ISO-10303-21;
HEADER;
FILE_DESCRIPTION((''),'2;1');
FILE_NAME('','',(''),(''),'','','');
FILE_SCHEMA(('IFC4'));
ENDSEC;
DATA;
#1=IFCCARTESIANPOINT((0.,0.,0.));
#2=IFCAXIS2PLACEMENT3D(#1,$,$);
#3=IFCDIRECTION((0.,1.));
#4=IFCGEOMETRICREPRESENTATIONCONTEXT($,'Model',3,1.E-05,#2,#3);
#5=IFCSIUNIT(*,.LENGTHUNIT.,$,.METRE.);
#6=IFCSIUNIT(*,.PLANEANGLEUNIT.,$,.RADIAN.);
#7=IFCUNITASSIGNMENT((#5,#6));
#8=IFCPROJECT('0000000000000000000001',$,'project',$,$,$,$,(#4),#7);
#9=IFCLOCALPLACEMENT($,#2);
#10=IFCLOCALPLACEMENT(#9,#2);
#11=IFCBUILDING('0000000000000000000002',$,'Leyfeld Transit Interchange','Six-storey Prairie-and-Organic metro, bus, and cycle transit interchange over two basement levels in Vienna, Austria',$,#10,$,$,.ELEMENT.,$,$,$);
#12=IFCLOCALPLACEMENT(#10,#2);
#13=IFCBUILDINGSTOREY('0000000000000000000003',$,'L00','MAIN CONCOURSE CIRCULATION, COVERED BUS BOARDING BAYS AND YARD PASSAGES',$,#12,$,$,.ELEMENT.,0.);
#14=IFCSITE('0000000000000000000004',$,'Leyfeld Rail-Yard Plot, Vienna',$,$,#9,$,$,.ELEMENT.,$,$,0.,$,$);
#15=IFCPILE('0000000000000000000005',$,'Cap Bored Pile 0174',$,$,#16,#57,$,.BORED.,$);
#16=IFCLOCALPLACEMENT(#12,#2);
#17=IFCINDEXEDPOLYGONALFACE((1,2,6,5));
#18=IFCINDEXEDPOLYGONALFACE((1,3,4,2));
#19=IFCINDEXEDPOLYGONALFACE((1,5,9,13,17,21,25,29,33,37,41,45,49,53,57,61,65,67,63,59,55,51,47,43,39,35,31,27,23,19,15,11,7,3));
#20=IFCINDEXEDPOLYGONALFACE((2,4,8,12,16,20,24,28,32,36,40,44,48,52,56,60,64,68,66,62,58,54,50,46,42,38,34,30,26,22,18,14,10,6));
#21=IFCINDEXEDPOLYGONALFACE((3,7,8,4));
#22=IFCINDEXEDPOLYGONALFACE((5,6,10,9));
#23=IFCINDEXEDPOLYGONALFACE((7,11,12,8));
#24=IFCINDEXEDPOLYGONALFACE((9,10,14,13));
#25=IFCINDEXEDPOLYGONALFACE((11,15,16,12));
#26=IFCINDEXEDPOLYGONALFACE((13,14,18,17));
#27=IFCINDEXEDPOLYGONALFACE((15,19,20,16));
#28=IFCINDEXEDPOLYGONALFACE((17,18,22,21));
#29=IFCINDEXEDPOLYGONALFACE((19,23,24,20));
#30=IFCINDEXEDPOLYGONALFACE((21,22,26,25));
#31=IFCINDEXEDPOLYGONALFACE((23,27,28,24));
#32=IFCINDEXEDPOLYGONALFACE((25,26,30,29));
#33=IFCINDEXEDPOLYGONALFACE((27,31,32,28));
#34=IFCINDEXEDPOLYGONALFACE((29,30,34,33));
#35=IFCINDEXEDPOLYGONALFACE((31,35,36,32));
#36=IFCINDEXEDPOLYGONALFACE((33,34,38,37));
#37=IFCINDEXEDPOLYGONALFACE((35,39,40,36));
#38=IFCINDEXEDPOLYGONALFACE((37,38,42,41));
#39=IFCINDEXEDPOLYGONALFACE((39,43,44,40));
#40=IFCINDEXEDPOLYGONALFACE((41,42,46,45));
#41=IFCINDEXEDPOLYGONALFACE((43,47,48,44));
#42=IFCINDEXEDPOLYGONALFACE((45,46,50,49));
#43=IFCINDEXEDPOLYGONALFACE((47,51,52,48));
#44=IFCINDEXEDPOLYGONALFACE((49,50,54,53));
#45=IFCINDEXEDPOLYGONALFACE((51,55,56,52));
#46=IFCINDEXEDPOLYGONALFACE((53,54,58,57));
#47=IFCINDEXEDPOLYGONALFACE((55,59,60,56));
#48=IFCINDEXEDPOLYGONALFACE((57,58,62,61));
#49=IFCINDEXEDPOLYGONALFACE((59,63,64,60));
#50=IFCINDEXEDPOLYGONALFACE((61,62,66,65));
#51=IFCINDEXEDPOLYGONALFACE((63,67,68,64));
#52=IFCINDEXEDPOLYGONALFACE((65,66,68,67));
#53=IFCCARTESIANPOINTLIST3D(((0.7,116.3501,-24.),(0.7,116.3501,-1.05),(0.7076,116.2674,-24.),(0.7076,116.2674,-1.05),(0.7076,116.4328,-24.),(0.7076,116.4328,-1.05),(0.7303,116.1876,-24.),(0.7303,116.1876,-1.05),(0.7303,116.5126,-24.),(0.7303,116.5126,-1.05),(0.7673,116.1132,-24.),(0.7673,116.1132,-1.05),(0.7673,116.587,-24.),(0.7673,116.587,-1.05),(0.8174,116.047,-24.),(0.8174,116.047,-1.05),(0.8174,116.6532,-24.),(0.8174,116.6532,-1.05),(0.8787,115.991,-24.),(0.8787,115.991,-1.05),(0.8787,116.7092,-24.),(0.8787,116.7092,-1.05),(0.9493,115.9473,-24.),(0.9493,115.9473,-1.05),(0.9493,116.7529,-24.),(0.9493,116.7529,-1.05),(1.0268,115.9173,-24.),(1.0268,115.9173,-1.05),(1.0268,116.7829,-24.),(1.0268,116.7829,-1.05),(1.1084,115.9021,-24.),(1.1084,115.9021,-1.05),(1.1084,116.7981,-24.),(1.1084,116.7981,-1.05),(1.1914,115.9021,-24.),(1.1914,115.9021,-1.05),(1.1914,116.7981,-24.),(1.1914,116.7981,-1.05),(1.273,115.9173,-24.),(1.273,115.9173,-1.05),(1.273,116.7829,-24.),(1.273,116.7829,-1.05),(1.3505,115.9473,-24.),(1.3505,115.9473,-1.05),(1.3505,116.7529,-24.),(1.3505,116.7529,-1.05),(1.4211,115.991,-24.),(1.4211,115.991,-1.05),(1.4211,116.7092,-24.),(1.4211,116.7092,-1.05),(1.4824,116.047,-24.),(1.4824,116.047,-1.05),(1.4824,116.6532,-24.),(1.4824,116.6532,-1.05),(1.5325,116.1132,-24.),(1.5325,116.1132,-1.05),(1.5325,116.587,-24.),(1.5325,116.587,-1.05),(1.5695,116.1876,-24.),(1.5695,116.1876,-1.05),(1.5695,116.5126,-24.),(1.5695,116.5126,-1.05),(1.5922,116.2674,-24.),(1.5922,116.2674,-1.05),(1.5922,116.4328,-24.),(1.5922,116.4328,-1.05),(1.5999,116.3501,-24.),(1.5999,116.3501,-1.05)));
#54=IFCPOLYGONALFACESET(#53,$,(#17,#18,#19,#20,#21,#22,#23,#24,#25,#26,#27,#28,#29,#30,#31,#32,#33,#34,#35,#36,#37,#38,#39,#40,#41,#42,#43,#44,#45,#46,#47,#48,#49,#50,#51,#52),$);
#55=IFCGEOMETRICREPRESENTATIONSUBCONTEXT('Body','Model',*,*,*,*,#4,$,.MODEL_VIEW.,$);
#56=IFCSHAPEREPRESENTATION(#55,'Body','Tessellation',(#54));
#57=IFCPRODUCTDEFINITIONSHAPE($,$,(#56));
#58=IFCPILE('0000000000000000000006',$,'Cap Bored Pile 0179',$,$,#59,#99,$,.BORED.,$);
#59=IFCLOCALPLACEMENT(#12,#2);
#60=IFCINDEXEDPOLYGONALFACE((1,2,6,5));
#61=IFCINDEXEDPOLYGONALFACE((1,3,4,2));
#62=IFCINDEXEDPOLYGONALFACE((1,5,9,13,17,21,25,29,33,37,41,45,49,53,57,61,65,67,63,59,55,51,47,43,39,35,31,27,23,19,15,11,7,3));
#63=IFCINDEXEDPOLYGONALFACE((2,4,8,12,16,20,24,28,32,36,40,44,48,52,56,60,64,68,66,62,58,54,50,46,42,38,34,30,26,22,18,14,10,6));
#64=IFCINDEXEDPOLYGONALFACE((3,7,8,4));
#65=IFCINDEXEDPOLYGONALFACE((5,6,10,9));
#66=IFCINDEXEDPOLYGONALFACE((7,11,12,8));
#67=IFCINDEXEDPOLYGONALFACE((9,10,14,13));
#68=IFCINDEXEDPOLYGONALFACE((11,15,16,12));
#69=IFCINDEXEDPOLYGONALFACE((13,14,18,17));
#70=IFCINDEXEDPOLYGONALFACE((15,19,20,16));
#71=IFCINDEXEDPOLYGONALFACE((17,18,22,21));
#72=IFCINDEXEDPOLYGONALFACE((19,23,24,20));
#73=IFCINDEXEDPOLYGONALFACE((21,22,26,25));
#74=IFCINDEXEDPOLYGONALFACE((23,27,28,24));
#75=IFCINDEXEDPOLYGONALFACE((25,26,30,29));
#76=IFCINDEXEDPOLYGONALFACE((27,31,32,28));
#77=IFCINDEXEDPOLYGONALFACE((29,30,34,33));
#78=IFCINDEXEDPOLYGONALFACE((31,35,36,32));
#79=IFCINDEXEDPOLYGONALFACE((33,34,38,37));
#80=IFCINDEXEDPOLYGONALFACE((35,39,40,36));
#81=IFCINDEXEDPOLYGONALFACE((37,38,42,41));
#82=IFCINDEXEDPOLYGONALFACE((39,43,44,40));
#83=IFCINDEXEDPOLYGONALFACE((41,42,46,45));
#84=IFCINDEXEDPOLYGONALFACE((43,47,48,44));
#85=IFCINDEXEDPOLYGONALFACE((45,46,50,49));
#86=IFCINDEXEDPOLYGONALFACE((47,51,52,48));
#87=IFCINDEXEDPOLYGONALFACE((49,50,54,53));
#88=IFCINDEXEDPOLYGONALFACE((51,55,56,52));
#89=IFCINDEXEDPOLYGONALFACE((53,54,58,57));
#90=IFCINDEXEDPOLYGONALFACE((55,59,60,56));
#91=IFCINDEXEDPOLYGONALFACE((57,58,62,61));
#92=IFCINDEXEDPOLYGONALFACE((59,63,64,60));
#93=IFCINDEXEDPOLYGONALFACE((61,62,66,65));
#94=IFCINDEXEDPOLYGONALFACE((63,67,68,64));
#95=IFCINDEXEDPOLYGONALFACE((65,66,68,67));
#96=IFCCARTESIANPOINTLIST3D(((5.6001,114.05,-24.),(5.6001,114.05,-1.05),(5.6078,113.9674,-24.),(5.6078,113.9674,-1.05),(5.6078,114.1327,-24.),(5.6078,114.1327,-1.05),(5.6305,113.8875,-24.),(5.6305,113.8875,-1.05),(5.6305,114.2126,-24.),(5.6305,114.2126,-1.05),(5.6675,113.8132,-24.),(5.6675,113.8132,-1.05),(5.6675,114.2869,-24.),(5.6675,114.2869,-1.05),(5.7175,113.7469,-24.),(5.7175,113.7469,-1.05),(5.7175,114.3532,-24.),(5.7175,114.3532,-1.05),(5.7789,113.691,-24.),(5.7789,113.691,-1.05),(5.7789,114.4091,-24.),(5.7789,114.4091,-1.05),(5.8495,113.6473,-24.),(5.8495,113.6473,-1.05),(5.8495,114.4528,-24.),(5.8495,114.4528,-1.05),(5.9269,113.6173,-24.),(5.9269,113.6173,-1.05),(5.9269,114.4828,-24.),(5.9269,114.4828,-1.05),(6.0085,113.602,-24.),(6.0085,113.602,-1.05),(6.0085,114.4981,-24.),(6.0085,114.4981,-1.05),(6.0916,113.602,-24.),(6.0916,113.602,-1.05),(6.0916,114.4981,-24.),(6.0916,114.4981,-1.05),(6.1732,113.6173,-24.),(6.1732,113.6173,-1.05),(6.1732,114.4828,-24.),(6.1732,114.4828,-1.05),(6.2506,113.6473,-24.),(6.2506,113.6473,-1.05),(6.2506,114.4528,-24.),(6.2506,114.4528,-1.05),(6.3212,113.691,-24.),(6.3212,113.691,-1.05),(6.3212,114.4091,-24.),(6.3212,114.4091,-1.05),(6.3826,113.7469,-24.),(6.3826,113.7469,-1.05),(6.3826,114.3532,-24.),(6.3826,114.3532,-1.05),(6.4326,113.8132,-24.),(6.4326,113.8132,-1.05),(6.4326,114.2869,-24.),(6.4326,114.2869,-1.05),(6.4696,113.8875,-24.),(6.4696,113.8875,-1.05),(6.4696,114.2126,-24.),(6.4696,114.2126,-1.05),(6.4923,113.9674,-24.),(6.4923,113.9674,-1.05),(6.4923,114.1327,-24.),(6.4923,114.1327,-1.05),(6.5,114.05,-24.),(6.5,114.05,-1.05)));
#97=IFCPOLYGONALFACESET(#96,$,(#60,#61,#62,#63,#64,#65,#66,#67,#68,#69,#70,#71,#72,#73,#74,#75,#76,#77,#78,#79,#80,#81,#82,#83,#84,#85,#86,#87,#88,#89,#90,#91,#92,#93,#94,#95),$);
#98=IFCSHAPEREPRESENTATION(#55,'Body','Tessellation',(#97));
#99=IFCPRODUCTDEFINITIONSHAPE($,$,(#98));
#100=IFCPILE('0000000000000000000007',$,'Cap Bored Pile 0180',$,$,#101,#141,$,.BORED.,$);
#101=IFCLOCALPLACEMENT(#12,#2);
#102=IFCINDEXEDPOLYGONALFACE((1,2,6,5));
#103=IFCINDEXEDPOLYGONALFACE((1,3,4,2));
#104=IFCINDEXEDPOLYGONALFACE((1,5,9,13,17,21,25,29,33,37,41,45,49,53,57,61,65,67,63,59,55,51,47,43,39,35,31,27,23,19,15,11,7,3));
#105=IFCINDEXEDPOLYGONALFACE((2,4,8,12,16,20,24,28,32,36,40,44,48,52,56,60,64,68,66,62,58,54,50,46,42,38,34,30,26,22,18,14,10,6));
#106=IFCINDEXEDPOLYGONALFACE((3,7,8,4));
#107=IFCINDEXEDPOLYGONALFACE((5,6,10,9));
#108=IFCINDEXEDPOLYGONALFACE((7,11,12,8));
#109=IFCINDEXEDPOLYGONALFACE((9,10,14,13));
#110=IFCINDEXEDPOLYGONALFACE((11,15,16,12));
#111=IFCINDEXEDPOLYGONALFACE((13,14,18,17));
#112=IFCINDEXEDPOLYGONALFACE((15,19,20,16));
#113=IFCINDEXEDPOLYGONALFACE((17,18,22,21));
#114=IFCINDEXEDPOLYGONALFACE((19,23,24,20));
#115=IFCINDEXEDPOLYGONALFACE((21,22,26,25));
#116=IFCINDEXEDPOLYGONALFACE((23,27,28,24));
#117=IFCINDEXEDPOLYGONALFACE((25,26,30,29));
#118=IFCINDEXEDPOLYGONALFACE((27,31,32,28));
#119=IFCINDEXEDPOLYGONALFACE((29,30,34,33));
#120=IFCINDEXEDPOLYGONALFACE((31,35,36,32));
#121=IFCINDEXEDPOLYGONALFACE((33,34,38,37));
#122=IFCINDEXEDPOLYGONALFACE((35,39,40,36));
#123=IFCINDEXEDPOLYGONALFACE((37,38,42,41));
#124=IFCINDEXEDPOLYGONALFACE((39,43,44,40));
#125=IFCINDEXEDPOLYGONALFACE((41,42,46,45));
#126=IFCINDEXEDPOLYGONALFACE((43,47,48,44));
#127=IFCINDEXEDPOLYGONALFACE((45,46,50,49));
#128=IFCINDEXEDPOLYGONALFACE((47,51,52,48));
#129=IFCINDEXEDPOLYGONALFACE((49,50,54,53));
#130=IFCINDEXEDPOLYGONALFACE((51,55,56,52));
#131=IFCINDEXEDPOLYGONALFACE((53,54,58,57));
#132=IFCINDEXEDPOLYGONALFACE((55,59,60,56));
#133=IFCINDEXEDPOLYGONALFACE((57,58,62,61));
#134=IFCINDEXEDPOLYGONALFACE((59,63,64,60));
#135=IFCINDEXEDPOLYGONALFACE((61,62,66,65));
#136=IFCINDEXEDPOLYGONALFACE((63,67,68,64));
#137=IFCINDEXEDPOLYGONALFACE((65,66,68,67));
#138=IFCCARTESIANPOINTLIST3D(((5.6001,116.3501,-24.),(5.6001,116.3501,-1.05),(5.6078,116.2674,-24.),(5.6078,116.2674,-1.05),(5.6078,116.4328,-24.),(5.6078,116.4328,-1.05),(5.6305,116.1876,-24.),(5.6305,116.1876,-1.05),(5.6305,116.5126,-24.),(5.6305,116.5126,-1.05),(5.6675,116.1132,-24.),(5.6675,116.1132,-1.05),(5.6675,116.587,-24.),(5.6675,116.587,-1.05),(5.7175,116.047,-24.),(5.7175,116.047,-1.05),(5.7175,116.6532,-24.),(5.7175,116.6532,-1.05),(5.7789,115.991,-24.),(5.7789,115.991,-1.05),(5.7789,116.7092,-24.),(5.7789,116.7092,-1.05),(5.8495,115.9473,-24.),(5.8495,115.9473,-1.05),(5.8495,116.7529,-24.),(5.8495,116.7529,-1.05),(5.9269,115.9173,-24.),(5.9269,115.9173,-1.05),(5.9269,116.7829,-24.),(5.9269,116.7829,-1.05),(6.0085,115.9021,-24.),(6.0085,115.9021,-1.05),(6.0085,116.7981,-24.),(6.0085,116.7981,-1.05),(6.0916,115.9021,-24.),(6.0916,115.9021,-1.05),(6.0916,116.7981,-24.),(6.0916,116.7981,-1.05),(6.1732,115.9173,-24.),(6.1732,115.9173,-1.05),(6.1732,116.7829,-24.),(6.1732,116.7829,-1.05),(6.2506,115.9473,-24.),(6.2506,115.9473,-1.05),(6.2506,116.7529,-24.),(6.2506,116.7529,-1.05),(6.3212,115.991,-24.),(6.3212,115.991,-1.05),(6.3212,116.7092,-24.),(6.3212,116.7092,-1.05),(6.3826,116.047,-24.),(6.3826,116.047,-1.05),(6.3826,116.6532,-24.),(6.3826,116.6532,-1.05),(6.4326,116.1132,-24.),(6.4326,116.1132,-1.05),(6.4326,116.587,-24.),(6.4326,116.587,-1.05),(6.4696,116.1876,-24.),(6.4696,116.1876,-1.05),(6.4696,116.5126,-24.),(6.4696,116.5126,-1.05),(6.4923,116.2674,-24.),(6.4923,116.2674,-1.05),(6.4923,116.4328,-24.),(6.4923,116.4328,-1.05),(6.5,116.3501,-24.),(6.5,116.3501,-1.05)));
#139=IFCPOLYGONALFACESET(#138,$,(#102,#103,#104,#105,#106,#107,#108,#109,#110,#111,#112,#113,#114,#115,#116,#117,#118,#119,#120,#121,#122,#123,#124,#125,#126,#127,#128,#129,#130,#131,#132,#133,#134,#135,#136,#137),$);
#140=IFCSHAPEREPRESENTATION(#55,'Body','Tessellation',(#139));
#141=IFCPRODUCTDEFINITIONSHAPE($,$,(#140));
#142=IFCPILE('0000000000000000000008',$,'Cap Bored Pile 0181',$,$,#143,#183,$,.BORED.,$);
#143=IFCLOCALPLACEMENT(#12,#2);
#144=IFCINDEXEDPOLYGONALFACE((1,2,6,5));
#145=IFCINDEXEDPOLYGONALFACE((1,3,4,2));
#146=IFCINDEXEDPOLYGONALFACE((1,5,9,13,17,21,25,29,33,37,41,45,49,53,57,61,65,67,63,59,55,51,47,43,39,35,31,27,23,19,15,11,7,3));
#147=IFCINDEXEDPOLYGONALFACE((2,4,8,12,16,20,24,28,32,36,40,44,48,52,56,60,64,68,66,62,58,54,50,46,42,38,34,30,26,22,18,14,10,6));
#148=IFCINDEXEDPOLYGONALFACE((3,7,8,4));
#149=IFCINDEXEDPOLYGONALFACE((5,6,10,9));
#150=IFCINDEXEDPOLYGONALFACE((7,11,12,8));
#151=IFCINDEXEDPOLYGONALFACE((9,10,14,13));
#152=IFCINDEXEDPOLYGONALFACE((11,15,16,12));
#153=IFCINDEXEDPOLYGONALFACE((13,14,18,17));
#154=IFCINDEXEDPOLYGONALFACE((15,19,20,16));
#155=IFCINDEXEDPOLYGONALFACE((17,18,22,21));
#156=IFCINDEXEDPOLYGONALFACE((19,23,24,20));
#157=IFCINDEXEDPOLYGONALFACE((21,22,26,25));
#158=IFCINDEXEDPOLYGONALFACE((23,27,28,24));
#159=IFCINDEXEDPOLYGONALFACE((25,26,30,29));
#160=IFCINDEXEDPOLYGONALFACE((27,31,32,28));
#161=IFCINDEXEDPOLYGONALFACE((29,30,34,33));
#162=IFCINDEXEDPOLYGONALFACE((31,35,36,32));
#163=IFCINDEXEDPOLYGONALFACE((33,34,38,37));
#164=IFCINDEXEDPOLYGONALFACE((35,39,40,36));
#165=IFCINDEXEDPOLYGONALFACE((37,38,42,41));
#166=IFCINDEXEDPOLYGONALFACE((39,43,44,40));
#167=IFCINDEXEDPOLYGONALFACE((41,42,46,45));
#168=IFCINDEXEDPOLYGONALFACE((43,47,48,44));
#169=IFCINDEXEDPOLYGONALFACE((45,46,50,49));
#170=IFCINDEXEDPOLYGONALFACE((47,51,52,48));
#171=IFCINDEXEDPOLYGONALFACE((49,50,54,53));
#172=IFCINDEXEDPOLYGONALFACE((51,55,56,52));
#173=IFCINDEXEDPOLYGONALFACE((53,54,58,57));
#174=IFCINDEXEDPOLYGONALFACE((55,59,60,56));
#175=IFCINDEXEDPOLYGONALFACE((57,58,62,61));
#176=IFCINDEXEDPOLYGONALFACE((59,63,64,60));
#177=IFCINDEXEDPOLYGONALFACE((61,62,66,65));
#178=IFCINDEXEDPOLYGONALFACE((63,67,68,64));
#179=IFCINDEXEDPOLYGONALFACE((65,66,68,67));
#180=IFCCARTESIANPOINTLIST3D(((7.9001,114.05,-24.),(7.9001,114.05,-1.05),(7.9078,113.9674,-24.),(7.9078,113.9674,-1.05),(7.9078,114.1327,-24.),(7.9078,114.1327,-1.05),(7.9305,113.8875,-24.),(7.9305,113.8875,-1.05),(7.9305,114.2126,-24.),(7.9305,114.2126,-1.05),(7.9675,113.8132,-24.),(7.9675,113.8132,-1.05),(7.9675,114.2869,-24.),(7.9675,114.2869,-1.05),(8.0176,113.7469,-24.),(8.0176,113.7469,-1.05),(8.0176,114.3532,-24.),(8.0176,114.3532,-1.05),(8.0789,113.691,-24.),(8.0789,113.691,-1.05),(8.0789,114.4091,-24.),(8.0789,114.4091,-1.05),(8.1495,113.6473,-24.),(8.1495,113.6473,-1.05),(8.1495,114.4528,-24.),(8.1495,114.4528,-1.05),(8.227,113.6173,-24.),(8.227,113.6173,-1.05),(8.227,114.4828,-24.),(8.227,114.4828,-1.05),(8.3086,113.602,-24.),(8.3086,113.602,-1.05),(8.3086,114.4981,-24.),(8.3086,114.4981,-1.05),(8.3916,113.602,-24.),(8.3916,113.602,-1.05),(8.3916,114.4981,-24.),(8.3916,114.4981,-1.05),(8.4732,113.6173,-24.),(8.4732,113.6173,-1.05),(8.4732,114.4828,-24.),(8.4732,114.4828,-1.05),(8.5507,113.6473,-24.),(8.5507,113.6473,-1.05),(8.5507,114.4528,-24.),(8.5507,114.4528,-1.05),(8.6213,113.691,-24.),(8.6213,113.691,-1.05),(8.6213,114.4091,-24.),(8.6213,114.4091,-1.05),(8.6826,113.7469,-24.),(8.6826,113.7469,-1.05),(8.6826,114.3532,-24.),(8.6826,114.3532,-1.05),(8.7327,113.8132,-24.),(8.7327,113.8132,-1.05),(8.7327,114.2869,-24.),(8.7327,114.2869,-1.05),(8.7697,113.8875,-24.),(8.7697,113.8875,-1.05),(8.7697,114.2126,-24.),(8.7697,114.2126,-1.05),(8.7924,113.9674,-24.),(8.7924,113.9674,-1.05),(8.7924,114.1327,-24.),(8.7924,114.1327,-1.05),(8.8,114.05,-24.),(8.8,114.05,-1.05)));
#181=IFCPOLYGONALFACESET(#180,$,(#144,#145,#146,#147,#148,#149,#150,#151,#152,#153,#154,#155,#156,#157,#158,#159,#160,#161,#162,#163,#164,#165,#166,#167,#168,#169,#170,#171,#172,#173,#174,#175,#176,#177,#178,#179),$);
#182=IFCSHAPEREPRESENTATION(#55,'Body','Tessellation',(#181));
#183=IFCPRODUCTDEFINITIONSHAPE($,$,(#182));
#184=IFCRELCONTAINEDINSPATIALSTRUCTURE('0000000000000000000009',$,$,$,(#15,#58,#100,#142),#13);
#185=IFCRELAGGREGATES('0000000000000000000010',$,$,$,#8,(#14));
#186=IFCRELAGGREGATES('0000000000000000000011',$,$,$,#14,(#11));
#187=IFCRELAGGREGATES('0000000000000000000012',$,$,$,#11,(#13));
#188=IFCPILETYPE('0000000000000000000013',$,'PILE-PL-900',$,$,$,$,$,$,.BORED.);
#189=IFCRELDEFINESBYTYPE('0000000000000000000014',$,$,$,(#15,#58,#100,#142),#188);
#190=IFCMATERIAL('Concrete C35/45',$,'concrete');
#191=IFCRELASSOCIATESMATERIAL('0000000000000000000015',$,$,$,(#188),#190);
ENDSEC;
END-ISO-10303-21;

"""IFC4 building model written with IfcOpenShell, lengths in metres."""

from ifc_helpers import new_model, si_unit, direction, frame, origin, origin_2d, place, context, subcontext, project, spatial, circle, extrude, material, material_profile, profile_set, type_object, element, save


model = new_model("IFC4")

# Units and contexts
model_context = context("Model", 3, precision=1e-05, world=origin(), true_north=direction((0.0, 1.0)))
body_context = subcontext(model_context, "Body", "Model", "MODEL_VIEW")
ifc_project = project(units=[si_unit("LENGTHUNIT", "METRE"), si_unit("PLANEANGLEUNIT", "RADIAN")], contexts=[model_context])

# Site, building, storey
site_placement = place(None, origin())
site = spatial("IfcSite", under=ifc_project, at=site_placement, Name="Leyfeld Rail-Yard Plot, Vienna", CompositionType="ELEMENT", RefElevation=0.0)
building_placement = place(site_placement, origin())
building = spatial("IfcBuilding", under=site, at=building_placement, Name="Leyfeld Transit Interchange", Description="Six-storey Prairie-and-Organic metro, bus, and cycle transit interchange over two basement levels in Vienna, Austria", CompositionType="ELEMENT")
storey_placement = place(building_placement, origin())
storey = spatial("IfcBuildingStorey", under=building, at=storey_placement, Name="L00", Description="MAIN CONCOURSE CIRCULATION, COVERED BUS BOARDING BAYS AND YARD PASSAGES", CompositionType="ELEMENT", Elevation=0.0)

# Shared definitions
ifc_material_1 = material(Name="Concrete C35/45", Category="concrete")

# Piles
ifc_material_profile_1 = material_profile(ifc_material_1, circle(Radius=0.45, at=origin_2d()), Name="PILE D900")
ifc_profile_set_1 = profile_set([ifc_material_profile_1], Name="Concrete C35/45")
pile_type = type_object("IfcPileType", Name="PILE-PL-900", PredefinedType="BORED", material=ifc_profile_set_1)
for number, where, z_axis, x_axis, name in (
    (1, (1.1499, 116.3501, -1.05), (0.0, 0.0, -1.0), (1.0, 0.0, 0.0), "Cap Bored Pile 0174"),
    (2, (6.05, 114.05, -1.05), (0.0, 0.0, -1.0), (1.0, 0.0, 0.0), "Cap Bored Pile 0179"),
    (3, (6.05, 116.3501, -1.05), (0.0, 0.0, -1.0), (1.0, 0.0, 0.0), "Cap Bored Pile 0180"),
    (4, (8.3501, 114.05, -1.05), (0.0, 0.0, -1.0), (1.0, 0.0, 0.0), "Cap Bored Pile 0181"),
):
    element("IfcPile", number, at=place(storey_placement, frame(where, z_axis=z_axis, x_axis=x_axis)), inside=storey, type_object=pile_type, Name=name, PredefinedType="BORED", context=body_context, shape_type="SweptSolid", body=[
        extrude(circle(Radius=0.45, at=origin_2d()), origin(), (0.0, 0.0, 1.0), 22.95),
    ])

save(model, "model.ifc")
